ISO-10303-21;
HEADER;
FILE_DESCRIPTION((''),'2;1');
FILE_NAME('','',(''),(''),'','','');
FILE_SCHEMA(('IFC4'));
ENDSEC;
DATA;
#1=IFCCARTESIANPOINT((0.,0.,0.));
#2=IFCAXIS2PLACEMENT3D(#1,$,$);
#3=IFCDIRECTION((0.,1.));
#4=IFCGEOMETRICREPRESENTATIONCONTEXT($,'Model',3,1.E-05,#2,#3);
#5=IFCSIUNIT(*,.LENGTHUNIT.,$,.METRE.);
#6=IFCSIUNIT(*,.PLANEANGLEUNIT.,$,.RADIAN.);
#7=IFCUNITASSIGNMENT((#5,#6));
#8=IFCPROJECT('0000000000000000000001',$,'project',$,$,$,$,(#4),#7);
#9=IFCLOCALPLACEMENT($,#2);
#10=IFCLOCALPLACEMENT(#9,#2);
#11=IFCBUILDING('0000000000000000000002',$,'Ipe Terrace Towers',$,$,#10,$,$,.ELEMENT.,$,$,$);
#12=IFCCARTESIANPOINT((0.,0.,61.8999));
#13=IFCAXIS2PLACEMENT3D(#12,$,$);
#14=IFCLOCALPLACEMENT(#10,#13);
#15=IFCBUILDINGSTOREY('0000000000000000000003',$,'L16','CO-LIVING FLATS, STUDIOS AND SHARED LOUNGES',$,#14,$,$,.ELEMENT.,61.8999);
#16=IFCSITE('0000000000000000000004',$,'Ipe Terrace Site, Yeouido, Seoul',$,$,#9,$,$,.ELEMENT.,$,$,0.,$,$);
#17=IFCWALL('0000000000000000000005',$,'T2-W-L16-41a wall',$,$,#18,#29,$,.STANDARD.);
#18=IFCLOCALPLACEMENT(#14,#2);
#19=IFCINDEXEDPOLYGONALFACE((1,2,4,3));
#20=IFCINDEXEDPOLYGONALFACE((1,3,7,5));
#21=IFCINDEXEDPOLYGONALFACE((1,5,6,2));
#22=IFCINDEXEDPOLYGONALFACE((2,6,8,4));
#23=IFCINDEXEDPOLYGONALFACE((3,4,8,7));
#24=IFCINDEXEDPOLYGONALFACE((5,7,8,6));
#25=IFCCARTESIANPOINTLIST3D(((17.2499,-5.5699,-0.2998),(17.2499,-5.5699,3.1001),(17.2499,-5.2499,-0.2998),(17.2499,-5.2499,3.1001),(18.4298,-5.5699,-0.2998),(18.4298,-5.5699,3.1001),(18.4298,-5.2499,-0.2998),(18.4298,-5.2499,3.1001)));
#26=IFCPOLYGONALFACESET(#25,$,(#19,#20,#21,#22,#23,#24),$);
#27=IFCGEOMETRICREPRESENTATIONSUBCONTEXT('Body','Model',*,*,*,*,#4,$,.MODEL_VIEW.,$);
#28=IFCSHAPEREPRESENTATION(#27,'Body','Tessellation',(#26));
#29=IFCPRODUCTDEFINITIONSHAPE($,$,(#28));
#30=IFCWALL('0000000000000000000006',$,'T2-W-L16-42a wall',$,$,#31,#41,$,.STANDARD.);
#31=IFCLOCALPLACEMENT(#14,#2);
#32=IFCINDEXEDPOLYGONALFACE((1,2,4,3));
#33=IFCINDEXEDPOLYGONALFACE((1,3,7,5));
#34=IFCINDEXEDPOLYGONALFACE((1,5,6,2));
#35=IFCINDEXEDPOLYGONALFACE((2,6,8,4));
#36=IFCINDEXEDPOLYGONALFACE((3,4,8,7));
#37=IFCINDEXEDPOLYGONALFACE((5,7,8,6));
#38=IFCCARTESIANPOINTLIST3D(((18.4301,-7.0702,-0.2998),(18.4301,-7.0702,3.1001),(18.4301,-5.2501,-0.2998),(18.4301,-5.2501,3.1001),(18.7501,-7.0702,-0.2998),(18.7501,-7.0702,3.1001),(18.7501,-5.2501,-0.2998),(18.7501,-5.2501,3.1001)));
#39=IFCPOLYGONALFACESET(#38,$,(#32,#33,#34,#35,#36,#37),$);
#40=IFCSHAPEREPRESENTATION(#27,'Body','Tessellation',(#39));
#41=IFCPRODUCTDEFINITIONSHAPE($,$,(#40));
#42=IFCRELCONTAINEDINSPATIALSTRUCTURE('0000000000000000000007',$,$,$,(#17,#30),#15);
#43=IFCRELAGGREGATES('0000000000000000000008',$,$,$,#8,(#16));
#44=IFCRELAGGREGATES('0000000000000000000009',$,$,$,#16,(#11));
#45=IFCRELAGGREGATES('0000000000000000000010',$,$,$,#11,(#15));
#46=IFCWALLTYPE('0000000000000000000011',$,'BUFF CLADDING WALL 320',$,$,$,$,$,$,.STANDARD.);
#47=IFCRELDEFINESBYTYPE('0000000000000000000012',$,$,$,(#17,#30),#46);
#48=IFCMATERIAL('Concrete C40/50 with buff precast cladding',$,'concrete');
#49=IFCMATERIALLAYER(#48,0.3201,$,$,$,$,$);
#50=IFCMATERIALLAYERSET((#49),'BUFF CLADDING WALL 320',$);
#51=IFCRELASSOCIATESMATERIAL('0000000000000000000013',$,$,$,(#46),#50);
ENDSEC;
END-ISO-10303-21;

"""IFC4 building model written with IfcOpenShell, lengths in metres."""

from ifc_helpers import new_model, si_unit, direction, frame, frame_2d, origin, place, context, subcontext, project, spatial, rectangle, extrude, material, layer, layer_set, type_object, element, save


model = new_model("IFC4")

# Units and contexts
model_context = context("Model", 3, precision=1e-05, world=origin(), true_north=direction((0.0, 1.0)))
body_context = subcontext(model_context, "Body", "Model", "MODEL_VIEW")
ifc_project = project(units=[si_unit("LENGTHUNIT", "METRE"), si_unit("PLANEANGLEUNIT", "RADIAN")], contexts=[model_context])

# Site, building, storey
site_placement = place(None, origin())
site = spatial("IfcSite", under=ifc_project, at=site_placement, Name="Ipe Terrace Site, Yeouido, Seoul", CompositionType="ELEMENT", RefElevation=0.0)
building_placement = place(site_placement, origin())
building = spatial("IfcBuilding", under=site, at=building_placement, Name="Ipe Terrace Towers", CompositionType="ELEMENT")
storey_placement = place(building_placement, frame((0.0, 0.0, 61.8999)))
storey = spatial("IfcBuildingStorey", under=building, at=storey_placement, Name="L16", Description="CO-LIVING FLATS, STUDIOS AND SHARED LOUNGES", CompositionType="ELEMENT", Elevation=61.8999)

# Shared definitions
ifc_material_1 = material(Name="Concrete C40/50 with buff precast cladding", Category="concrete")
ifc_layer_1 = layer(ifc_material_1, 0.3201)
ifc_layer_set_1 = layer_set([ifc_layer_1], Name="BUFF CLADDING WALL 320")
wall_type = type_object("IfcWallType", Name="BUFF CLADDING WALL 320", PredefinedType="STANDARD", material=ifc_layer_set_1)

# Walls
wall_1_placement = place(storey_placement, frame((17.25, -5.4099, -0.2998), z_axis=(0.0, 0.0, 1.0), x_axis=(1.0, 0.0, 0.0)))
element("IfcWall", 1, at=wall_1_placement, inside=storey, type_object=wall_type, Name="T2-W-L16-41a wall", PredefinedType="STANDARD", context=body_context, shape_type="SweptSolid", body=[
    extrude(rectangle(XDim=1.1799, YDim=0.3201, at=frame_2d((0.5898, 0.0))), origin(), (0.0, 0.0, 1.0), 3.3999),
])
wall_2_placement = place(storey_placement, frame((18.5901, -5.25, -0.2998), z_axis=(0.0, 0.0, 1.0), x_axis=(0.0, -1.0, 0.0)))
element("IfcWall", 2, at=wall_2_placement, inside=storey, type_object=wall_type, Name="T2-W-L16-42a wall", PredefinedType="STANDARD", context=body_context, shape_type="SweptSolid", body=[
    extrude(rectangle(XDim=1.8201, YDim=0.3201, at=frame_2d((0.9102, 0.0))), origin(), (0.0, 0.0, 1.0), 3.3999),
])

save(model, "model.ifc")
